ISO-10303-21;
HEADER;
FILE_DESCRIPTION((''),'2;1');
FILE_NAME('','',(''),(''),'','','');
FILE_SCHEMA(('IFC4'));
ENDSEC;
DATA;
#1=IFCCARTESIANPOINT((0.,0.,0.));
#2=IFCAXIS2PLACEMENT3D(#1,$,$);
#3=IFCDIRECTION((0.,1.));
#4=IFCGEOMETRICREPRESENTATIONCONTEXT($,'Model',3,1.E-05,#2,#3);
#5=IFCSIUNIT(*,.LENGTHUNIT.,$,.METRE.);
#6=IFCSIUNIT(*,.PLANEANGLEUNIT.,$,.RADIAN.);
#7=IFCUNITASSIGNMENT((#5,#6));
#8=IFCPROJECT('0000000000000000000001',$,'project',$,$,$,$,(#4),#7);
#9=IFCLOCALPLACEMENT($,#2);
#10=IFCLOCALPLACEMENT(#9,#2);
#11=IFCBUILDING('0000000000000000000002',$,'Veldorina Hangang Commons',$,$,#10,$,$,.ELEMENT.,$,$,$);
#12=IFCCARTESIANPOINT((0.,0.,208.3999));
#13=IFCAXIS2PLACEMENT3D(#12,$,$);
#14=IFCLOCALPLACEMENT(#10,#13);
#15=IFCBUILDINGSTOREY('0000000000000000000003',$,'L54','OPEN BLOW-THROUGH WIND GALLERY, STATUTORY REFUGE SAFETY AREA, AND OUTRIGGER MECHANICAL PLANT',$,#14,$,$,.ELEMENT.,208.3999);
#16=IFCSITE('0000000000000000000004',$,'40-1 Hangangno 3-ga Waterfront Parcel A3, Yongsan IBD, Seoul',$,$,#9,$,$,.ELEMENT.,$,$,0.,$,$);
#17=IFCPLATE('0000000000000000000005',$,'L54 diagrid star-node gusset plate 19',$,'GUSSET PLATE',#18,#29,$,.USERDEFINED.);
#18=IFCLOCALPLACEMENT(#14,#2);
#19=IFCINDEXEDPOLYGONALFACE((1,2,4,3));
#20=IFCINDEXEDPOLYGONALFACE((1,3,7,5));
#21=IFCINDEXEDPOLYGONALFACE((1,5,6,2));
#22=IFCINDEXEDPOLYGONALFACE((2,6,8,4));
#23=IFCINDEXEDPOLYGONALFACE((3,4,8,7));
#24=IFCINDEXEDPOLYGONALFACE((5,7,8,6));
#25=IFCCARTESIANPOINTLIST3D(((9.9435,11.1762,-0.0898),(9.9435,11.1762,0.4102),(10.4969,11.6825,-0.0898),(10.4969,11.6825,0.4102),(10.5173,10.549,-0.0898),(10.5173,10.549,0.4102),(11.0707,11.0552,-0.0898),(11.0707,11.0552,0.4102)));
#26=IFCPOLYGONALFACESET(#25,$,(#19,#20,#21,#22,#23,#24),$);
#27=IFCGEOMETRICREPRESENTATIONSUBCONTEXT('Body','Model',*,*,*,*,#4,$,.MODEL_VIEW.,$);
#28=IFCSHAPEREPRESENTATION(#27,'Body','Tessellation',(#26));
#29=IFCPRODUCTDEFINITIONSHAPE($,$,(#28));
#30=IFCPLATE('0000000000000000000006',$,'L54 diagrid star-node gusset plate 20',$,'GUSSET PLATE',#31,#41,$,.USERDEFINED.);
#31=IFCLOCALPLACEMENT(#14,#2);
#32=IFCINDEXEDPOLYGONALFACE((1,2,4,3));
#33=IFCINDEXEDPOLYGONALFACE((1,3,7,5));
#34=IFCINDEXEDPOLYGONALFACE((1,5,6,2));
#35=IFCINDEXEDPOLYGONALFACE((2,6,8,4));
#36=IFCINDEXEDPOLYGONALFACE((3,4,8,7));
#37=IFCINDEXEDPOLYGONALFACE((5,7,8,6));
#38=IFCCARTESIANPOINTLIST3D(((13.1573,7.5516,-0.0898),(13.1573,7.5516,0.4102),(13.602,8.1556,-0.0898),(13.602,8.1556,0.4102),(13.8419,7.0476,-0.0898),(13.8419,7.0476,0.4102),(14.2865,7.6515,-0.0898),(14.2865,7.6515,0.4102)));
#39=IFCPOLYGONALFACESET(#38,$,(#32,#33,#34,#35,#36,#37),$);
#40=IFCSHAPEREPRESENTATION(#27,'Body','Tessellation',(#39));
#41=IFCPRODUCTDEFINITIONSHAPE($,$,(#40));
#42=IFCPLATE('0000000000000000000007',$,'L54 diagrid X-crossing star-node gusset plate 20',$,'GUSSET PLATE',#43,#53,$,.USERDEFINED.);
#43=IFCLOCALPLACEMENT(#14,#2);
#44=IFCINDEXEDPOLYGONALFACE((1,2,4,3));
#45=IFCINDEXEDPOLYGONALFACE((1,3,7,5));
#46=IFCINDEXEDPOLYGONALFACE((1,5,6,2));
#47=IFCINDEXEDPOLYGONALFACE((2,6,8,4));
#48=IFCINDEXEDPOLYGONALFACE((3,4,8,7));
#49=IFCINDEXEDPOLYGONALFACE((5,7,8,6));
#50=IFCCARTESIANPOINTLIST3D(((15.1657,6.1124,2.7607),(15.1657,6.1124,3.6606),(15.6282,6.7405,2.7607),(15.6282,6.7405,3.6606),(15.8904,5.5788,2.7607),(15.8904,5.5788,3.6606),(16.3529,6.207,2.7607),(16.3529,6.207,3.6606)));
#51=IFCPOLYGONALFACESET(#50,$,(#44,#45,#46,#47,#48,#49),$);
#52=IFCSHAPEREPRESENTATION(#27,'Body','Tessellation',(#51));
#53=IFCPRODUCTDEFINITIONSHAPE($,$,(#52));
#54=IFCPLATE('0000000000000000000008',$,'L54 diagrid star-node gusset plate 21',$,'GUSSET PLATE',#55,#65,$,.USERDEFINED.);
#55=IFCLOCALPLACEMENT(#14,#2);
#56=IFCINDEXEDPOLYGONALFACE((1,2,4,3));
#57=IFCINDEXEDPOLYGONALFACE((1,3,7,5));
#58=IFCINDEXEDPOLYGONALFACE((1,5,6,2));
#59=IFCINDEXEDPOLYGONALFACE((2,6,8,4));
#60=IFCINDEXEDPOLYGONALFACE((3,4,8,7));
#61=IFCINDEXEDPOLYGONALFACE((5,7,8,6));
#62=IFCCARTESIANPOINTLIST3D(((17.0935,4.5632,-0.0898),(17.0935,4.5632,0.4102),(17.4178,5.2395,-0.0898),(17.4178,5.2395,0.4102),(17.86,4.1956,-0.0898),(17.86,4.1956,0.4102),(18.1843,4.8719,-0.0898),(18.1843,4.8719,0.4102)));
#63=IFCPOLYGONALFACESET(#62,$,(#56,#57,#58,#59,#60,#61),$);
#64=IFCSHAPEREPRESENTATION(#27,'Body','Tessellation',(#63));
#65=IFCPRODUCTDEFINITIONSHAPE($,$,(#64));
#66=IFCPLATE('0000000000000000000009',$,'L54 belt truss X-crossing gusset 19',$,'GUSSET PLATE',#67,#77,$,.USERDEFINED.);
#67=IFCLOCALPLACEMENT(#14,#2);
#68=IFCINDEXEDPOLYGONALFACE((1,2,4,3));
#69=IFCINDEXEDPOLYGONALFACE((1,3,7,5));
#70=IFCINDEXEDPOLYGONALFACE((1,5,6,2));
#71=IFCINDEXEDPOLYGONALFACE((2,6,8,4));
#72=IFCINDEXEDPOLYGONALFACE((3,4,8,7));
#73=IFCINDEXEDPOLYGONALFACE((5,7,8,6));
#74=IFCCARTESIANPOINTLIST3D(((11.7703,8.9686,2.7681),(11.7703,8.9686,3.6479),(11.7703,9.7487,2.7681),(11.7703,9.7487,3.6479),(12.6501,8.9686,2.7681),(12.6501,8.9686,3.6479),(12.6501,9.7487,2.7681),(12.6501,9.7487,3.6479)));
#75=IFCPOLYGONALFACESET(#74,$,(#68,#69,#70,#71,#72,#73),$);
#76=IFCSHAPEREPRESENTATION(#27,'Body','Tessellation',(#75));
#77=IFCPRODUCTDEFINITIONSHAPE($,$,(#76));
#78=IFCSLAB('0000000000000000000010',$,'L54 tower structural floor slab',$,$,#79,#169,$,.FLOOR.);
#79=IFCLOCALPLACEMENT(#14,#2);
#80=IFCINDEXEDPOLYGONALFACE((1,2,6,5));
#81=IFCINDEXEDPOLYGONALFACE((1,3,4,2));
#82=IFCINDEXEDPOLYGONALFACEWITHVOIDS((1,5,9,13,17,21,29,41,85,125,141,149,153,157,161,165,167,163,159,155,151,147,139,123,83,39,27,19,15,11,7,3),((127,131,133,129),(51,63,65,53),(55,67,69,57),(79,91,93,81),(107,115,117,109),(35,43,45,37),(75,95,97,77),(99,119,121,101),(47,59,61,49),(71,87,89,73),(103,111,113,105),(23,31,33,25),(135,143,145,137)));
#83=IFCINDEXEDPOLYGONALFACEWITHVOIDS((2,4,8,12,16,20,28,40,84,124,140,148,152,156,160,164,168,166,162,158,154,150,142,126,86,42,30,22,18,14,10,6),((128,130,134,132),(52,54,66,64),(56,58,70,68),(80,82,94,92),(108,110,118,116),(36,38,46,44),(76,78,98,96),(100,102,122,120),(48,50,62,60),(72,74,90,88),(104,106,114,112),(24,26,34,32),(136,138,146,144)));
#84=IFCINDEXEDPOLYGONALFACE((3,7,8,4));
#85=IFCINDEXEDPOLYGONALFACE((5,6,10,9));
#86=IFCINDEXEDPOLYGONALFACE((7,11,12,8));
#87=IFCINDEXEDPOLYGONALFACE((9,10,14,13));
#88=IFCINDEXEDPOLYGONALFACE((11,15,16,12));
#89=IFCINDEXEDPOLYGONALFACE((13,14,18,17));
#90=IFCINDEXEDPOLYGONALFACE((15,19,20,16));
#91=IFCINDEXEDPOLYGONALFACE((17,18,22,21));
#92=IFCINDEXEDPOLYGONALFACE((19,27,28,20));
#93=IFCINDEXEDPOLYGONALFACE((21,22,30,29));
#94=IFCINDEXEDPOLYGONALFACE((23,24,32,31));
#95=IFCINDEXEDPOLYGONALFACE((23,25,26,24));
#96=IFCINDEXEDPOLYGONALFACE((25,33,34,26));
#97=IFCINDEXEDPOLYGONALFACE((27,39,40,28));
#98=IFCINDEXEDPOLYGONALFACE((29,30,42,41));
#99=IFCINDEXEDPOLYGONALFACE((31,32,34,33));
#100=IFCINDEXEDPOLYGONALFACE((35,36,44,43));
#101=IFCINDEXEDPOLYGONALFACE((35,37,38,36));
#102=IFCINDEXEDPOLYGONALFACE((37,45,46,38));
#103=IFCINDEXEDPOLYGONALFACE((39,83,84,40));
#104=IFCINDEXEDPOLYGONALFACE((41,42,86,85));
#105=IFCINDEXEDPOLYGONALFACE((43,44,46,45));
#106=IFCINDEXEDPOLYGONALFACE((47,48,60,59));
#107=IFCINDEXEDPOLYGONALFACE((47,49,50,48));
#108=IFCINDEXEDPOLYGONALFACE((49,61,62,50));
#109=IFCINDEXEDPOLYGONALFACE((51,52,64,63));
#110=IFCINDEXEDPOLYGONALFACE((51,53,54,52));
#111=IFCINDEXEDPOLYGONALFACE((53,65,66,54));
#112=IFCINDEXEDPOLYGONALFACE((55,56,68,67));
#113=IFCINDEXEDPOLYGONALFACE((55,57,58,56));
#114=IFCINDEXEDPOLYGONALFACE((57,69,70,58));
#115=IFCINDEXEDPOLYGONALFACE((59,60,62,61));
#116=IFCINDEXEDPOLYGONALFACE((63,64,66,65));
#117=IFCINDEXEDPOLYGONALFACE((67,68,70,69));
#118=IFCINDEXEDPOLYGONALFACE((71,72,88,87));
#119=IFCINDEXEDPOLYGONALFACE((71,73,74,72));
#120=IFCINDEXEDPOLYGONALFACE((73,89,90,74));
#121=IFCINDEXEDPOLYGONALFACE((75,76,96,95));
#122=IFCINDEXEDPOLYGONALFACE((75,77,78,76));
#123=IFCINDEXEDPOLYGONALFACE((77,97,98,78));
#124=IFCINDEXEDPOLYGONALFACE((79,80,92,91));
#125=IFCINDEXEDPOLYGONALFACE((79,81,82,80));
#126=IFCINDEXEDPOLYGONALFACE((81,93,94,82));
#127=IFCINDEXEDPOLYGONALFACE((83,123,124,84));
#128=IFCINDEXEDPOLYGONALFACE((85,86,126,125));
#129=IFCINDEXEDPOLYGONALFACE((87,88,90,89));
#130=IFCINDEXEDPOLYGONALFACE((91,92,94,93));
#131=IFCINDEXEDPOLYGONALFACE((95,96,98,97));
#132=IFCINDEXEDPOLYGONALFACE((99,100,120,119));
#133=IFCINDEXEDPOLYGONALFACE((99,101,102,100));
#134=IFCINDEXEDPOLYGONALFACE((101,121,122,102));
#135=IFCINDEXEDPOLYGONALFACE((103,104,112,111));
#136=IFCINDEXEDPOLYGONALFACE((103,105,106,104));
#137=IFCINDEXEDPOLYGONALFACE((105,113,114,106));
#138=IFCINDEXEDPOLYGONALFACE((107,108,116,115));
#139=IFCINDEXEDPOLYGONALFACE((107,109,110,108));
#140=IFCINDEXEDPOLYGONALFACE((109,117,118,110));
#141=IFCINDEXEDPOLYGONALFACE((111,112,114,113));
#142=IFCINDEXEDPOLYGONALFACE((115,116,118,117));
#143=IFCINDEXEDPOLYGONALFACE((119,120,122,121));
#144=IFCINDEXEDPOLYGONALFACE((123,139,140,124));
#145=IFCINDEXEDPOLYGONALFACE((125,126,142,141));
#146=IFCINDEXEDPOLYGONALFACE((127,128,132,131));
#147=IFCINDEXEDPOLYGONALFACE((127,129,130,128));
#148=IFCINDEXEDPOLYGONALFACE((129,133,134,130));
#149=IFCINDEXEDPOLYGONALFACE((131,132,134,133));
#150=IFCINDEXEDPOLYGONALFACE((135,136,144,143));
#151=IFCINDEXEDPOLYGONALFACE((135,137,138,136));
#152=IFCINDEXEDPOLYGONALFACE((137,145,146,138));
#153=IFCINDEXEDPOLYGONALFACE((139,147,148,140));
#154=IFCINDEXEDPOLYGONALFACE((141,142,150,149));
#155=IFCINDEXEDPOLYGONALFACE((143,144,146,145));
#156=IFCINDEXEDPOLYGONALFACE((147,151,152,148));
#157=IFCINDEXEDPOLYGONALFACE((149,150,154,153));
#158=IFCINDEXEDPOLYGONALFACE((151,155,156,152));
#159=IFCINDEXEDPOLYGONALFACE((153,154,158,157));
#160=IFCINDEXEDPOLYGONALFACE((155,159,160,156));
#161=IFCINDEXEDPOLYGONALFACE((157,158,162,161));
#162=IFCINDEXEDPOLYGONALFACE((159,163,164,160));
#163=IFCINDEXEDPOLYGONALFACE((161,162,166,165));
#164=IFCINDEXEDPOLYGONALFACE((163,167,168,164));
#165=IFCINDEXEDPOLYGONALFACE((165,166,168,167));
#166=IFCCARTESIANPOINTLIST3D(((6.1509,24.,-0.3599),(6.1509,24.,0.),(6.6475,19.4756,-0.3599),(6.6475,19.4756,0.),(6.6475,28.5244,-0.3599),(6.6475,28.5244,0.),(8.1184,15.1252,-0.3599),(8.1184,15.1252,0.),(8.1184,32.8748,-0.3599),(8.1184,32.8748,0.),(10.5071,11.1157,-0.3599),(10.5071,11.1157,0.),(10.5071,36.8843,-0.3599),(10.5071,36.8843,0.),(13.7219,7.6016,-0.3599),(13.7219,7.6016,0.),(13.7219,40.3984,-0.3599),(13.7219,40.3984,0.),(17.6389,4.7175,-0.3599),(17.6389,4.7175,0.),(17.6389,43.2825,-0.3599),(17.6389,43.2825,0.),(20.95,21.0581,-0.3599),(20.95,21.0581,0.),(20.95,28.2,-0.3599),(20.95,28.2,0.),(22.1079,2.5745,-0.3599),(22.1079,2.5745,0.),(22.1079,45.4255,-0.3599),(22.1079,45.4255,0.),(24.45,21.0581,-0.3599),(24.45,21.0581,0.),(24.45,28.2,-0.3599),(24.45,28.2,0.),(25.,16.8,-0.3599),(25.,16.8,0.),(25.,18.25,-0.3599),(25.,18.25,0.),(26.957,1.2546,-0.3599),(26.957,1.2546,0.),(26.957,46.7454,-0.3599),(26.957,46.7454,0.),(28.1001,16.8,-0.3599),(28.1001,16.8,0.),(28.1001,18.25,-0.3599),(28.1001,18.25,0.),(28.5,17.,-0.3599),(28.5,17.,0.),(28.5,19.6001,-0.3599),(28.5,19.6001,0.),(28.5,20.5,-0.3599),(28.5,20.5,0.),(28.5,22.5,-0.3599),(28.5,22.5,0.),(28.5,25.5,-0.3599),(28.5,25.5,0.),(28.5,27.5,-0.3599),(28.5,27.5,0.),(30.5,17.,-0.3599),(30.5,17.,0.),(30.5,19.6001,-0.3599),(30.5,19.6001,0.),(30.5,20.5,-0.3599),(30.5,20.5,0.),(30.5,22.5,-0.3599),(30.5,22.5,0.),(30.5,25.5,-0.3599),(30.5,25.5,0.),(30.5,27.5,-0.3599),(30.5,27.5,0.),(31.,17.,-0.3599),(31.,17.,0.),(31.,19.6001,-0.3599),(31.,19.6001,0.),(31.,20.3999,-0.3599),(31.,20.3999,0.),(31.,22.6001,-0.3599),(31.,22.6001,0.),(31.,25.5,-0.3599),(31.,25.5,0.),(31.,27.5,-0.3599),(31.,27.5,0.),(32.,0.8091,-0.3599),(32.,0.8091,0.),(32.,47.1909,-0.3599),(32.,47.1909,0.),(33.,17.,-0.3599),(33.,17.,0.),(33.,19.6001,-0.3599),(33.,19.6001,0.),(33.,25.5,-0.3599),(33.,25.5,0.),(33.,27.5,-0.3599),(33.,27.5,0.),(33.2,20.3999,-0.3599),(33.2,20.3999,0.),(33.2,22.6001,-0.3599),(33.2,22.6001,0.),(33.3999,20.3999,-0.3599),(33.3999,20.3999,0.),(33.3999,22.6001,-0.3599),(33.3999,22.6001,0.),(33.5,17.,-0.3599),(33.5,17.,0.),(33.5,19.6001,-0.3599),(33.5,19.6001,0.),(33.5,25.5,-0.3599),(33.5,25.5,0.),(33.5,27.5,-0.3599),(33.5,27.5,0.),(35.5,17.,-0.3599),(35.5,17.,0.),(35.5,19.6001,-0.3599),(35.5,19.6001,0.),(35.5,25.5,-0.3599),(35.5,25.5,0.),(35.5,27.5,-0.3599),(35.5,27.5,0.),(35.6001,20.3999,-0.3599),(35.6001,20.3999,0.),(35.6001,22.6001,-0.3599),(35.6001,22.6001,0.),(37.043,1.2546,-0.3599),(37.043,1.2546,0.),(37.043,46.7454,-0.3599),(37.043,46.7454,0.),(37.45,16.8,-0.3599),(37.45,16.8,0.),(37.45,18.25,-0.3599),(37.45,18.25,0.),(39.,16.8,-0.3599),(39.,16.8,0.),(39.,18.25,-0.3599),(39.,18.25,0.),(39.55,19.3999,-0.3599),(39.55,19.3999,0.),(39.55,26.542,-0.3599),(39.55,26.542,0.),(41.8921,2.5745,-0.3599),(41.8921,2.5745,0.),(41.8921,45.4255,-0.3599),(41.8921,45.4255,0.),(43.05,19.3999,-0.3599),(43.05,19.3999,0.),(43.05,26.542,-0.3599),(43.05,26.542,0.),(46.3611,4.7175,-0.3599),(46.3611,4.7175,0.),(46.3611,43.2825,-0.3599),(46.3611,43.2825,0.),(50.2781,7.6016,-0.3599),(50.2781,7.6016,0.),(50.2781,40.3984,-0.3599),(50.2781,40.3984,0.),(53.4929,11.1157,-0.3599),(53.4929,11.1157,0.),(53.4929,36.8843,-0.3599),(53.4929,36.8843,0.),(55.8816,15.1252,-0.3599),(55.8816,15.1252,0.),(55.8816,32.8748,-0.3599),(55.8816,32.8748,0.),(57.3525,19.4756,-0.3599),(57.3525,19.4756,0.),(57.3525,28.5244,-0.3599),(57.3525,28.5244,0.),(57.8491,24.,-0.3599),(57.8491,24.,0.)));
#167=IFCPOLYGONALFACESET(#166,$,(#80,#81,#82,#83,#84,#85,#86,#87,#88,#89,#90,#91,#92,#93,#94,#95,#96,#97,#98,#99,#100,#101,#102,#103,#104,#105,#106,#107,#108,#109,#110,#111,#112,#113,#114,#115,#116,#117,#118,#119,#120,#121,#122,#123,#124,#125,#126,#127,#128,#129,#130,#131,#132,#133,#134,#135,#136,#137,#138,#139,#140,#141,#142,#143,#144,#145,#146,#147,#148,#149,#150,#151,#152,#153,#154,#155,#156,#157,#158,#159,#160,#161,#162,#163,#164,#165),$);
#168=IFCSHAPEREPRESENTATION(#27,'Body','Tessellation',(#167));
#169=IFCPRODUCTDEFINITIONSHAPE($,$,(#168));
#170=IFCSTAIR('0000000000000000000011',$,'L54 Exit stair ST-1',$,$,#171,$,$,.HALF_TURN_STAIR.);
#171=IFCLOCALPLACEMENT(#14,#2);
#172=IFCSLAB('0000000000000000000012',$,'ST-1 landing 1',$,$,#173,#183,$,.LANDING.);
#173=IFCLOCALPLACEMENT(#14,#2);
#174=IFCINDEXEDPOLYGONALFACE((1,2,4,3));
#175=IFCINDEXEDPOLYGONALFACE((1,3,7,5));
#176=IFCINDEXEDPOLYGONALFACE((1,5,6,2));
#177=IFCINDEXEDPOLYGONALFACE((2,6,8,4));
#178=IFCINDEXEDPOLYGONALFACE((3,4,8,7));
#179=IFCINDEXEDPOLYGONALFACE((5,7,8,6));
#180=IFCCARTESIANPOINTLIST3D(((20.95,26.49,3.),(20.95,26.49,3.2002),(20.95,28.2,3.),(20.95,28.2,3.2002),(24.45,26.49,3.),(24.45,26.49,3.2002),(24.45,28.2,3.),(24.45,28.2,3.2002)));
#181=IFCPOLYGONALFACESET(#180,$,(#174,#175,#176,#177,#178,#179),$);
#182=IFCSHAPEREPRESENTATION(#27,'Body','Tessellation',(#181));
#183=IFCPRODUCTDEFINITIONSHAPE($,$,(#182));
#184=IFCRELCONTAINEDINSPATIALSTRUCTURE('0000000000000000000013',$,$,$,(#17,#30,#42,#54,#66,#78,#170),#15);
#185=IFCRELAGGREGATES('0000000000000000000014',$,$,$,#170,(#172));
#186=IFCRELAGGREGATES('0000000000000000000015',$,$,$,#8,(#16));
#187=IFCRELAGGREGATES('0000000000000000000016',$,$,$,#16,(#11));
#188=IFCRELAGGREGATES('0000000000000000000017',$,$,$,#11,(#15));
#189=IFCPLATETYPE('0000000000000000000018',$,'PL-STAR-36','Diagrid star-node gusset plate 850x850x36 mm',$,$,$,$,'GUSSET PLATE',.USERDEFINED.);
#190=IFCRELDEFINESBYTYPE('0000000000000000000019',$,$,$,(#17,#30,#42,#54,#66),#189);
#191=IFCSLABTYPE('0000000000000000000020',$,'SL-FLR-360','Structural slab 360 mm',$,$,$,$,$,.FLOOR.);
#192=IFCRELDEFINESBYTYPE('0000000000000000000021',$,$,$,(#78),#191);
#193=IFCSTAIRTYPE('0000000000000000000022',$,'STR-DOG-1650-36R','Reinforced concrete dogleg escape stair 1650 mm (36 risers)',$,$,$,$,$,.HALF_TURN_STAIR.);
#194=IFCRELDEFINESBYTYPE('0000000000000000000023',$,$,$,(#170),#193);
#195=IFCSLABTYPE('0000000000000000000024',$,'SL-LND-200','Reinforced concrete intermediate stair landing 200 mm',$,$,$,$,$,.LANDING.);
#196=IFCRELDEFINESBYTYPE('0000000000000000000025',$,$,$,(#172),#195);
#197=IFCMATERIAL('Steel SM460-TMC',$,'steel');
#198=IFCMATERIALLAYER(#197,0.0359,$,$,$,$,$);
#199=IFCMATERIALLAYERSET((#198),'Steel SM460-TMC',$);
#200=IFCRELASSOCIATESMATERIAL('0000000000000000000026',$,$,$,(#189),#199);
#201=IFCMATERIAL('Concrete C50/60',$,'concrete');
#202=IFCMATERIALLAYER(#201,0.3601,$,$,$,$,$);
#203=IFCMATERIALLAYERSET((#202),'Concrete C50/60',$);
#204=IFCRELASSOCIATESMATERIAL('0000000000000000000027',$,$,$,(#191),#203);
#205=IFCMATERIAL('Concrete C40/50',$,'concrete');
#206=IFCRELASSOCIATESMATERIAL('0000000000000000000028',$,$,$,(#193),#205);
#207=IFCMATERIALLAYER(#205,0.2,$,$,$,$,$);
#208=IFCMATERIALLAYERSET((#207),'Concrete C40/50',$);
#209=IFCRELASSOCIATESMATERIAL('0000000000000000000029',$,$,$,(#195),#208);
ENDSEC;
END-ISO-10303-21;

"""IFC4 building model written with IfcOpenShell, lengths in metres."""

from ifc_helpers import new_model, si_unit, direction, frame, origin, origin_2d, place, context, subcontext, project, spatial, polyline, rectangle, outline, extrude, material, layer, layer_set, type_object, element, aggregate, save


model = new_model("IFC4")

# Units and contexts
model_context = context("Model", 3, precision=1e-05, world=origin(), true_north=direction((0.0, 1.0)))
body_context = subcontext(model_context, "Body", "Model", "MODEL_VIEW")
ifc_project = project(units=[si_unit("LENGTHUNIT", "METRE"), si_unit("PLANEANGLEUNIT", "RADIAN")], contexts=[model_context])

# Site, building, storey
site_placement = place(None, origin())
site = spatial("IfcSite", under=ifc_project, at=site_placement, Name="40-1 Hangangno 3-ga Waterfront Parcel A3, Yongsan IBD, Seoul", CompositionType="ELEMENT", RefElevation=0.0)
building_placement = place(site_placement, origin())
building = spatial("IfcBuilding", under=site, at=building_placement, Name="Veldorina Hangang Commons", CompositionType="ELEMENT")
storey_placement = place(building_placement, frame((0.0, 0.0, 208.3999)))
storey = spatial("IfcBuildingStorey", under=building, at=storey_placement, Name="L54", Description="OPEN BLOW-THROUGH WIND GALLERY, STATUTORY REFUGE SAFETY AREA, AND OUTRIGGER MECHANICAL PLANT", CompositionType="ELEMENT", Elevation=208.3999)

# Shared definitions
ifc_material_1 = material(Name="Steel SM460-TMC", Category="steel")

# Plates
ifc_layer_1 = layer(ifc_material_1, 0.0359)
ifc_layer_set_1 = layer_set([ifc_layer_1], Name="Steel SM460-TMC")
plate_type = type_object("IfcPlateType", Name="PL-STAR-36", Description="Diagrid star-node gusset plate 850x850x36 mm", ElementType="GUSSET PLATE", PredefinedType="USERDEFINED", material=ifc_layer_set_1)
for number, where, z_axis, x_axis, name in (
    (1, (10.5071, 11.1157, -0.0898), (0.0, 0.0, 1.0), (0.674959, -0.737855, 0.0), "L54 diagrid star-node gusset plate 19"),
    (2, (13.7219, 7.6016, -0.0898), (0.0, 0.0, 1.0), (0.805266, -0.592913, 0.0), "L54 diagrid star-node gusset plate 20"),
):
    element("IfcPlate", number, at=place(storey_placement, frame(where, z_axis=z_axis, x_axis=x_axis)), inside=storey, type_object=plate_type, Name=name, ObjectType="GUSSET PLATE", PredefinedType="USERDEFINED", context=body_context, shape_type="SweptSolid", body=[
        extrude(rectangle(XDim=0.8501, YDim=0.75, at=origin_2d()), origin(), (0.0, 0.0, 1.0), 0.5),
    ])
plate_1_placement = place(storey_placement, frame((15.7593, 6.1597, 2.7607), z_axis=(0.0, 0.0, 1.0), x_axis=(0.805266, -0.592913, 0.0)))
element("IfcPlate", 3, at=plate_1_placement, inside=storey, type_object=plate_type, Name="L54 diagrid X-crossing star-node gusset plate 20", ObjectType="GUSSET PLATE", PredefinedType="USERDEFINED", context=body_context, shape_type="SweptSolid", body=[
    extrude(rectangle(XDim=0.8999, YDim=0.78, at=origin_2d()), origin(), (0.0, 0.0, 1.0), 0.8999),
])
plate_2_placement = place(storey_placement, frame((17.6389, 4.7175, -0.0898), z_axis=(0.0, 0.0, 1.0), x_axis=(0.901682, -0.432401, 0.0)))
element("IfcPlate", 4, at=plate_2_placement, inside=storey, type_object=plate_type, Name="L54 diagrid star-node gusset plate 21", ObjectType="GUSSET PLATE", PredefinedType="USERDEFINED", context=body_context, shape_type="SweptSolid", body=[
    extrude(rectangle(XDim=0.8501, YDim=0.75, at=origin_2d()), origin(), (0.0, 0.0, 1.0), 0.5),
])
plate_3_placement = place(storey_placement, frame((12.2102, 9.3586, 2.7681), z_axis=(0.0, 0.0, 1.0), x_axis=(1.0, 0.0, 0.0)))
element("IfcPlate", 5, at=plate_3_placement, inside=storey, type_object=plate_type, Name="L54 belt truss X-crossing gusset 19", ObjectType="GUSSET PLATE", PredefinedType="USERDEFINED", context=body_context, shape_type="SweptSolid", body=[
    extrude(rectangle(XDim=0.8799, YDim=0.78, at=origin_2d()), origin(), (0.0, 0.0, 1.0), 0.8799),
])

# Slab
ifc_material_2 = material(Name="Concrete C50/60", Category="concrete")
ifc_layer_2 = layer(ifc_material_2, 0.3601)
ifc_layer_set_2 = layer_set([ifc_layer_2], Name="Concrete C50/60")
slab_type_1 = type_object("IfcSlabType", Name="SL-FLR-360", Description="Structural slab 360 mm", PredefinedType="FLOOR", material=ifc_layer_set_2)
slab_1_placement = place(storey_placement, frame((0.0, 0.0, -0.3599)))
element("IfcSlab", 6, at=slab_1_placement, inside=storey, type_object=slab_type_1, Name="L54 tower structural floor slab", PredefinedType="FLOOR", context=body_context, shape_type="SweptSolid", body=[
    extrude(outline(polyline([(57.8491, 24.0), (57.3525, 28.5244), (55.8816, 32.8748), (53.4929, 36.8843), (50.2781, 40.3984), (46.3611, 43.2825), (41.8921, 45.4255), (37.043, 46.7454), (32.0, 47.1909), (26.957, 46.7454), (22.1079, 45.4255), (17.6389, 43.2825), (13.7219, 40.3984), (10.5071, 36.8843), (8.1184, 32.8748), (6.6475, 28.5244), (6.1509, 24.0), (6.6475, 19.4756), (8.1184, 15.1252), (10.5071, 11.1157), (13.7219, 7.6016), (17.6389, 4.7175), (22.1079, 2.5745), (26.957, 1.2546), (32.0, 0.8091), (37.043, 1.2546), (41.8921, 2.5745), (46.3611, 4.7175), (50.2781, 7.6016), (53.4929, 11.1157), (55.8816, 15.1252), (57.3525, 19.4756), (57.8491, 24.0)]), holes=[polyline([(20.95, 21.0581), (20.95, 28.2), (24.45, 28.2), (24.45, 21.0581), (20.95, 21.0581)]), polyline([(43.05, 26.542), (43.05, 19.3999), (39.55, 19.3999), (39.55, 26.542), (43.05, 26.542)]), polyline([(28.5, 27.5), (30.5, 27.5), (30.5, 25.5), (28.5, 25.5), (28.5, 27.5)]), polyline([(31.0, 27.5), (33.0, 27.5), (33.0, 25.5), (31.0, 25.5), (31.0, 27.5)]), polyline([(33.5, 27.5), (35.5, 27.5), (35.5, 25.5), (33.5, 25.5), (33.5, 27.5)]), polyline([(28.5, 22.5), (30.5, 22.5), (30.5, 20.5), (28.5, 20.5), (28.5, 22.5)]), polyline([(31.0, 22.6001), (33.2, 22.6001), (33.2, 20.3999), (31.0, 20.3999), (31.0, 22.6001)]), polyline([(33.3999, 22.6001), (35.6001, 22.6001), (35.6001, 20.3999), (33.3999, 20.3999), (33.3999, 22.6001)]), polyline([(28.5, 19.6001), (30.5, 19.6001), (30.5, 17.0), (28.5, 17.0), (28.5, 19.6001)]), polyline([(31.0, 19.6001), (33.0, 19.6001), (33.0, 17.0), (31.0, 17.0), (31.0, 19.6001)]), polyline([(33.5, 19.6001), (35.5, 19.6001), (35.5, 17.0), (33.5, 17.0), (33.5, 19.6001)]), polyline([(25.0, 18.25), (28.1001, 18.25), (28.1001, 16.8), (25.0, 16.8), (25.0, 18.25)]), polyline([(37.45, 18.25), (39.0, 18.25), (39.0, 16.8), (37.45, 16.8), (37.45, 18.25)])]), origin(), (0.0, 0.0, 1.0), 0.3599),
])

# Stair, slab
ifc_material_3 = material(Name="Concrete C40/50", Category="concrete")
stair_type = type_object("IfcStairType", Name="STR-DOG-1650-36R", Description="Reinforced concrete dogleg escape stair 1650 mm (36 risers)", PredefinedType="HALF_TURN_STAIR", material=ifc_material_3)
stair_1_placement = place(storey_placement, origin())
stair_1 = element("IfcStair", 7, at=stair_1_placement, inside=storey, type_object=stair_type, Name="L54 Exit stair ST-1", PredefinedType="HALF_TURN_STAIR")
ifc_layer_3 = layer(ifc_material_3, 0.2)
ifc_layer_set_3 = layer_set([ifc_layer_3], Name="Concrete C40/50")
slab_type_2 = type_object("IfcSlabType", Name="SL-LND-200", Description="Reinforced concrete intermediate stair landing 200 mm", PredefinedType="LANDING", material=ifc_layer_set_3)
slab_2_placement = place(storey_placement, frame((0.0, 0.0, 3.0)))
slab_2 = element("IfcSlab", 8, at=slab_2_placement, type_object=slab_type_2, Name="ST-1 landing 1", PredefinedType="LANDING", context=body_context, shape_type="SweptSolid", body=[
    extrude(outline(polyline([(24.45, 26.49), (24.45, 28.2), (20.95, 28.2), (20.95, 26.49), (24.45, 26.49)])), origin(), (0.0, 0.0, 1.0), 0.2002),
])
aggregate(stair_1, [slab_2])

save(model, "model.ifc")
